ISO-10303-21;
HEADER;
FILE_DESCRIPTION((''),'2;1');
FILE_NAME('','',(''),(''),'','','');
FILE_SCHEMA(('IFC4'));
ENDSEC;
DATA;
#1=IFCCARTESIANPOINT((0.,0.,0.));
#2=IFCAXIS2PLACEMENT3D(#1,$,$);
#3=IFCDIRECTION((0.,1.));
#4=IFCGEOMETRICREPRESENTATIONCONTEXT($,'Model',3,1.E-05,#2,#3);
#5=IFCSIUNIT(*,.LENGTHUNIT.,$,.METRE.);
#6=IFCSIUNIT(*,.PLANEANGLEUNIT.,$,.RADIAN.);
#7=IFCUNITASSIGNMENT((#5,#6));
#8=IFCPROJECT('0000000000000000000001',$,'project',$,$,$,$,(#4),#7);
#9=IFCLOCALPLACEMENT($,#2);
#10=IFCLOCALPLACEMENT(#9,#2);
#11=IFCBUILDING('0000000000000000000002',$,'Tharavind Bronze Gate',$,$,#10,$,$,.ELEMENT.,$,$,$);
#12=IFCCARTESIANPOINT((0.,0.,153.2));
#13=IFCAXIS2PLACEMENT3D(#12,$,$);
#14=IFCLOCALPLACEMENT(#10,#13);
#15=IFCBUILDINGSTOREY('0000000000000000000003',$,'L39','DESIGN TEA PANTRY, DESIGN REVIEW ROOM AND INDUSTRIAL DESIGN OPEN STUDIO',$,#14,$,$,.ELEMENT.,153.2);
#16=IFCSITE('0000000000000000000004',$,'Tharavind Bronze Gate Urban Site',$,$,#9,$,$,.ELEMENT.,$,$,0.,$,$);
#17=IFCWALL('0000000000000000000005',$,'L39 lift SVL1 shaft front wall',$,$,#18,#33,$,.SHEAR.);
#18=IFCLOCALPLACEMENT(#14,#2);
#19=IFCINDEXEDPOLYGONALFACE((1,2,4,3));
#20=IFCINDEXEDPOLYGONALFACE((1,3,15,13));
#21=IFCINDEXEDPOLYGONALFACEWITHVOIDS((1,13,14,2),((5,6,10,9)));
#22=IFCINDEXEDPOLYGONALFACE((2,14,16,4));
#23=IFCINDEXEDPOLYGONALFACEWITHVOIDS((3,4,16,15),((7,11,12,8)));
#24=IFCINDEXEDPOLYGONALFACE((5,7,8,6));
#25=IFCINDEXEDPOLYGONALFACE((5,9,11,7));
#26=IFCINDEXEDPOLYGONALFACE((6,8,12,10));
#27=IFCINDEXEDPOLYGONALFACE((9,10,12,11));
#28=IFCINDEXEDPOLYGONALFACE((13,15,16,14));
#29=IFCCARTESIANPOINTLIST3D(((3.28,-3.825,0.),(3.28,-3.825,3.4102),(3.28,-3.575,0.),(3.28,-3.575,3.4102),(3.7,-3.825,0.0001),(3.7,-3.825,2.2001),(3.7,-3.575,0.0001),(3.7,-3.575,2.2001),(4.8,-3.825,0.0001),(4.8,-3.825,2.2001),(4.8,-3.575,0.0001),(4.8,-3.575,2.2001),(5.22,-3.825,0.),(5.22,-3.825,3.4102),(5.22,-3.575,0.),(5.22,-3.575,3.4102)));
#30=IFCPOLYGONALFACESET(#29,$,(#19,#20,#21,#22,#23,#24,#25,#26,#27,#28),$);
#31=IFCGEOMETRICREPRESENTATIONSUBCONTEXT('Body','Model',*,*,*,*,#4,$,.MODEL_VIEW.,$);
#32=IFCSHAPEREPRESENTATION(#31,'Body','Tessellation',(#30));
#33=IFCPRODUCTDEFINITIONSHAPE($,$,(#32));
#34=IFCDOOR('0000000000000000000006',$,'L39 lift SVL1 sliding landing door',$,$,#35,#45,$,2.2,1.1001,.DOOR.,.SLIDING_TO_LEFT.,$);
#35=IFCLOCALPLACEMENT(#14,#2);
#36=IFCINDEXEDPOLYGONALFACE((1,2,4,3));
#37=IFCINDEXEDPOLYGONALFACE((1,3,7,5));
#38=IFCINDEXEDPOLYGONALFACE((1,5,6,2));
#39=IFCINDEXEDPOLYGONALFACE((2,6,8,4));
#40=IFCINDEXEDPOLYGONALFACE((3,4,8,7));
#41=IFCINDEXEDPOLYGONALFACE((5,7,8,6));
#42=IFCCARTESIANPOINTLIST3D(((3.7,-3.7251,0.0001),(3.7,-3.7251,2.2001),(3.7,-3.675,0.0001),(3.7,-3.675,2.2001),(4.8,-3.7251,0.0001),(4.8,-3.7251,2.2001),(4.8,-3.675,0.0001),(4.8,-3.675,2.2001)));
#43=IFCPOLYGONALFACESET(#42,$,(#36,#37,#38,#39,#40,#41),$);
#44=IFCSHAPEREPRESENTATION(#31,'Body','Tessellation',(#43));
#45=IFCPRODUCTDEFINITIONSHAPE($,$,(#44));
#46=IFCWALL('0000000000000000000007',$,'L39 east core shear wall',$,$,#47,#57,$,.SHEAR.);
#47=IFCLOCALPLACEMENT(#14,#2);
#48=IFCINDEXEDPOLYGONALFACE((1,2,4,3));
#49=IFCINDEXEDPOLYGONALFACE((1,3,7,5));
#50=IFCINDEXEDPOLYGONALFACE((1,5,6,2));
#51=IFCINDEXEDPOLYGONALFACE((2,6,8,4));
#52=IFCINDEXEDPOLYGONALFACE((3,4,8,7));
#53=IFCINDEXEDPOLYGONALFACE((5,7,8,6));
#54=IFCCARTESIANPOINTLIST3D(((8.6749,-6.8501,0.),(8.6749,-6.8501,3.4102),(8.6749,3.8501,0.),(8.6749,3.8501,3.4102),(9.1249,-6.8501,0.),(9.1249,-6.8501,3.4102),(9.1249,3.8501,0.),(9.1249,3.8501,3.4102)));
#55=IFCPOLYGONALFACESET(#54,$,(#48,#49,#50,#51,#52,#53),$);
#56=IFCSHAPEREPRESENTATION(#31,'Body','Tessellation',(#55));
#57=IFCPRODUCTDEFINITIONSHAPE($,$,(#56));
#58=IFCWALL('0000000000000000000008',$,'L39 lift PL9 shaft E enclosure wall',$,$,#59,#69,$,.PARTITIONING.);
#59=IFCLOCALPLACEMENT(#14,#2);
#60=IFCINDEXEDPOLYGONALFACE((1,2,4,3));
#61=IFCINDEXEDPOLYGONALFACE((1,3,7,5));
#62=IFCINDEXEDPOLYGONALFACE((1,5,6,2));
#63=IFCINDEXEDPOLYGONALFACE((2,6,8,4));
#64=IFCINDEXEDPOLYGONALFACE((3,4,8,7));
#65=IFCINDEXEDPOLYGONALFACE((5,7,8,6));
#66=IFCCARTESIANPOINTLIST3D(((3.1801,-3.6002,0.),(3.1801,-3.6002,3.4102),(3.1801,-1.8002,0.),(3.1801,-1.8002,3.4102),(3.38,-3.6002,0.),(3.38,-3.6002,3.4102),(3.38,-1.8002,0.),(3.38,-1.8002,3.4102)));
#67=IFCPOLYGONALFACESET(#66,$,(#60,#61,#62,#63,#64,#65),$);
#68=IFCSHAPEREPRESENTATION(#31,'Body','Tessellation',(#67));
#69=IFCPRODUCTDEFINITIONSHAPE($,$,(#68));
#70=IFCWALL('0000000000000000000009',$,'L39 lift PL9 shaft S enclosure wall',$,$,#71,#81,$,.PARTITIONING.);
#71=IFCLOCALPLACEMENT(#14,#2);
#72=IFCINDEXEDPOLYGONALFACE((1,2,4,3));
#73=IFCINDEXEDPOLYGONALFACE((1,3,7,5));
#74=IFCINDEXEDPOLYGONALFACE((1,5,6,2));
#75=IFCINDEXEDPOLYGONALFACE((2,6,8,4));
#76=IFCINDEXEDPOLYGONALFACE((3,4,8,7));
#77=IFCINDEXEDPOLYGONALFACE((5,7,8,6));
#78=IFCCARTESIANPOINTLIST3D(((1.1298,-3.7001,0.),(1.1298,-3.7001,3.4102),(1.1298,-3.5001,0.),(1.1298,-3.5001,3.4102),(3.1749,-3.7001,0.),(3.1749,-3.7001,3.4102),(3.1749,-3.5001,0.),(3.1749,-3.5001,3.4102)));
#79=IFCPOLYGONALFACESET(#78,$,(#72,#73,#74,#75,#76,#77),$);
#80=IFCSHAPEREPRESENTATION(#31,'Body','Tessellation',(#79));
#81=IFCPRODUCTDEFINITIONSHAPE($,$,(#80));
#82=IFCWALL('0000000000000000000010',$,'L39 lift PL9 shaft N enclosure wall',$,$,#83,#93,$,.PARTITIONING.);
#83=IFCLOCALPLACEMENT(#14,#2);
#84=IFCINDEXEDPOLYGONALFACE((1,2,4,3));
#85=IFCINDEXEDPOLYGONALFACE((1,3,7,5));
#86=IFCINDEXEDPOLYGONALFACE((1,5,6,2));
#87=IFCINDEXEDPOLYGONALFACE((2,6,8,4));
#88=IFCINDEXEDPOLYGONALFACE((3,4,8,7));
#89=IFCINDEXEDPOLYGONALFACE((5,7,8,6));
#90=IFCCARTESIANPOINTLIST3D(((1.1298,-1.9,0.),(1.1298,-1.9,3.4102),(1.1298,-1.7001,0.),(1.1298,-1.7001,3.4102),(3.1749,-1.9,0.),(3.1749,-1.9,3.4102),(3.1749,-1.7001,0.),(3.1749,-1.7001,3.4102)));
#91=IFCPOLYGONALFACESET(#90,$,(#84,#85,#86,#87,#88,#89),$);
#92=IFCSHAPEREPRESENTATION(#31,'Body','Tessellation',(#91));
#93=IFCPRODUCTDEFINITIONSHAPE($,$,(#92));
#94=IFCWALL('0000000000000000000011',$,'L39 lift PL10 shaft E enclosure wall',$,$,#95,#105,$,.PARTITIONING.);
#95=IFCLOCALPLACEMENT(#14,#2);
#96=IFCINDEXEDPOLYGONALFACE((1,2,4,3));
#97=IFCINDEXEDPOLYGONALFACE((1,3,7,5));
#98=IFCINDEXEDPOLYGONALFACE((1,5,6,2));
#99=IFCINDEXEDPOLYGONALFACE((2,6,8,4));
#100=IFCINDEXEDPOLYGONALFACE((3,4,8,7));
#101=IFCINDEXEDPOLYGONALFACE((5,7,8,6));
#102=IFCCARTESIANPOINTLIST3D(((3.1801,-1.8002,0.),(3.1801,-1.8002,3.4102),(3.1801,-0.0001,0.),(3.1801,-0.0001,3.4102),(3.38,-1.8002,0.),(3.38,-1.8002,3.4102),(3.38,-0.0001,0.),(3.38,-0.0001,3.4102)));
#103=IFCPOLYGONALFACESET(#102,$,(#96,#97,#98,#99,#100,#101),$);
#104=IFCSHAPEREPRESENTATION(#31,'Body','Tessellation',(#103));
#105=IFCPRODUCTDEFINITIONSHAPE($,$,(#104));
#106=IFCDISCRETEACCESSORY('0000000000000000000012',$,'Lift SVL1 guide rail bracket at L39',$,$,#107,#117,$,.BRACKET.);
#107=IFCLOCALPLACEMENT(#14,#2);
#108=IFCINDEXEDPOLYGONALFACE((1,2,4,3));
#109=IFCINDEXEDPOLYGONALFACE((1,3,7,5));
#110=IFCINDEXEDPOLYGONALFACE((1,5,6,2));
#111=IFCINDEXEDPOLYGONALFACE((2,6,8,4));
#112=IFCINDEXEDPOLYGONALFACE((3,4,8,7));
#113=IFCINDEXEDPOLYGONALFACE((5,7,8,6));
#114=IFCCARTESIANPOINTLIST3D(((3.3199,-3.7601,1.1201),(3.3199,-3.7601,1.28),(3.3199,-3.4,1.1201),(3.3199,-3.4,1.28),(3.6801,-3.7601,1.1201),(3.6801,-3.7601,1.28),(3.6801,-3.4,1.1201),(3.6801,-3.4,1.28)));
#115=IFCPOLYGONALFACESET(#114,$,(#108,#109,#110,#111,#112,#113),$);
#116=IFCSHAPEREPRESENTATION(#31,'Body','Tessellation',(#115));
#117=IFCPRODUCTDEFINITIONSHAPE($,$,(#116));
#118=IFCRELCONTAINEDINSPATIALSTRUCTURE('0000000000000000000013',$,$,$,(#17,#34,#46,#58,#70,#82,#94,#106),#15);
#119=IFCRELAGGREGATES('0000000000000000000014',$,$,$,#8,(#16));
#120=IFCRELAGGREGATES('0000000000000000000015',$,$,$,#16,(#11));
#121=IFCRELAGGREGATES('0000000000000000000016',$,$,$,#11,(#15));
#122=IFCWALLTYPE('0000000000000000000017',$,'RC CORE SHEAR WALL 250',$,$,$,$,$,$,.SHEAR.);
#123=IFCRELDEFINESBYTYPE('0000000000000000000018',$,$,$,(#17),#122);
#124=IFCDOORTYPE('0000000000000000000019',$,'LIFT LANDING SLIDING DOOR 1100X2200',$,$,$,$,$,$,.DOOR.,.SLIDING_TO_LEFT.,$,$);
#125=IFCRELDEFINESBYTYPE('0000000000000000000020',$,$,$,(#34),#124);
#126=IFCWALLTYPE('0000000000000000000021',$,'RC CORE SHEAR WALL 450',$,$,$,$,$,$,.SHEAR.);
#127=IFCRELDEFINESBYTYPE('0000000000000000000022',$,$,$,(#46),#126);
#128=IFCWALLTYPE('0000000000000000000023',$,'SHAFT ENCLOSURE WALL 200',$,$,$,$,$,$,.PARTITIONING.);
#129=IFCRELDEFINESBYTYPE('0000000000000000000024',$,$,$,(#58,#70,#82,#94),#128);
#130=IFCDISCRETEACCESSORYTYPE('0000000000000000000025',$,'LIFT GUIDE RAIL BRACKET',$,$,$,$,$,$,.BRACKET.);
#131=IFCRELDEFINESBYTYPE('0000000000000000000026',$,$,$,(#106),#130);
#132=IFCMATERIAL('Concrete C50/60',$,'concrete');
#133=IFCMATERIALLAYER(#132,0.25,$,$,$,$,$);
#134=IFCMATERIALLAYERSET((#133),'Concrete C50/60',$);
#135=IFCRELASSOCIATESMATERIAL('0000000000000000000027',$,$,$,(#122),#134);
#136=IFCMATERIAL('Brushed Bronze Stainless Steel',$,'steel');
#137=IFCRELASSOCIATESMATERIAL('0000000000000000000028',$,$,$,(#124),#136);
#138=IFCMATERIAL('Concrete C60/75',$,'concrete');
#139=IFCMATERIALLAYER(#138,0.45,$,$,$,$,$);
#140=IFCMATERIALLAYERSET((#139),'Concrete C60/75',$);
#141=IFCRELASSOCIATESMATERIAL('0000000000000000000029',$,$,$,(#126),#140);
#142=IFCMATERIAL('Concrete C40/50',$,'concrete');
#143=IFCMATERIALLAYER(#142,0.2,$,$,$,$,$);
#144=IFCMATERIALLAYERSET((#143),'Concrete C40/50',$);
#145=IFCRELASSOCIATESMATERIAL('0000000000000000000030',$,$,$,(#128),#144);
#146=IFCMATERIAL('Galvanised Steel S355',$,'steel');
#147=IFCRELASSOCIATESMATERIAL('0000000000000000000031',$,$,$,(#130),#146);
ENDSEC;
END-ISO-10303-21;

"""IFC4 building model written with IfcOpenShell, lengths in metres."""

from ifc_helpers import new_model, si_unit, direction, frame, frame_2d, origin, origin_2d, place, context, subcontext, project, spatial, rectangle, extrude, material, layer, layer_set, type_object, element, fill, save


model = new_model("IFC4")

# Units and contexts
model_context = context("Model", 3, precision=1e-05, world=origin(), true_north=direction((0.0, 1.0)))
body_context = subcontext(model_context, "Body", "Model", "MODEL_VIEW")
ifc_project = project(units=[si_unit("LENGTHUNIT", "METRE"), si_unit("PLANEANGLEUNIT", "RADIAN")], contexts=[model_context])

# Site, building, storey
site_placement = place(None, origin())
site = spatial("IfcSite", under=ifc_project, at=site_placement, Name="Tharavind Bronze Gate Urban Site", CompositionType="ELEMENT", RefElevation=0.0)
building_placement = place(site_placement, origin())
building = spatial("IfcBuilding", under=site, at=building_placement, Name="Tharavind Bronze Gate", CompositionType="ELEMENT")
storey_placement = place(building_placement, frame((0.0, 0.0, 153.2)))
storey = spatial("IfcBuildingStorey", under=building, at=storey_placement, Name="L39", Description="DESIGN TEA PANTRY, DESIGN REVIEW ROOM AND INDUSTRIAL DESIGN OPEN STUDIO", CompositionType="ELEMENT", Elevation=153.2)

# Shared definitions
ifc_material_1 = material(Name="Concrete C60/75", Category="concrete")

# Shared definitions
ifc_material_2 = material(Name="Concrete C50/60", Category="concrete")
ifc_layer_1 = layer(ifc_material_2, 0.25)
ifc_layer_set_1 = layer_set([ifc_layer_1], Name="Concrete C50/60")
wall_type_1 = type_object("IfcWallType", Name="RC CORE SHEAR WALL 250", PredefinedType="SHEAR", material=ifc_layer_set_1)

# Wall, opening, door
wall_1_placement = place(storey_placement, frame((3.28, -3.7, 0.0), z_axis=(0.0, 0.0, 1.0), x_axis=(1.0, 0.0, 0.0)))
wall_1 = element("IfcWall", 1, at=wall_1_placement, inside=storey, type_object=wall_type_1, Name="L39 lift SVL1 shaft front wall", PredefinedType="SHEAR", context=body_context, shape_type="SweptSolid", body=[
    extrude(rectangle(XDim=1.9399, YDim=0.25, at=frame_2d((0.97, 0.0))), origin(), (0.0, 0.0, 1.0), 3.4102),
])
opening_placement = place(wall_1_placement, frame((0.4199, 0.0, 0.0)))
opening = element("IfcOpeningElement", 2, at=opening_placement, cuts=wall_1, PredefinedType="OPENING", context=body_context, shape_type="SweptSolid", body=[
    extrude(rectangle(XDim=1.1001, YDim=2.2, at=frame_2d((0.55, 1.1001))), frame((0.0, 0.135, 0.0), z_axis=(0.0, -1.0, 0.0), x_axis=(1.0, 0.0, 0.0)), (0.0, 0.0, 1.0), 0.27),
])
ifc_material_3 = material(Name="Brushed Bronze Stainless Steel", Category="steel")
door_type = type_object("IfcDoorType", Name="LIFT LANDING SLIDING DOOR 1100X2200", OperationType="SLIDING_TO_LEFT", PredefinedType="DOOR", material=ifc_material_3)
door_placement = place(opening_placement, origin())
door = element("IfcDoor", 3, at=door_placement, inside=storey, type_object=door_type, Name="L39 lift SVL1 sliding landing door", OperationType="SLIDING_TO_LEFT", OverallHeight=2.2, OverallWidth=1.1001, PredefinedType="DOOR", context=body_context, shape_type="SweptSolid", body=[
    extrude(rectangle(XDim=1.1001, YDim=2.2, at=frame_2d((0.55, 1.1001))), frame((0.0, 0.0249, 0.0), z_axis=(0.0, -1.0, 0.0), x_axis=(1.0, 0.0, 0.0)), (0.0, 0.0, 1.0), 0.05),
])
fill(opening, door)

# Walls
ifc_layer_2 = layer(ifc_material_1, 0.45)
ifc_layer_set_2 = layer_set([ifc_layer_2], Name="Concrete C60/75")
wall_type_2 = type_object("IfcWallType", Name="RC CORE SHEAR WALL 450", PredefinedType="SHEAR", material=ifc_layer_set_2)
wall_2_placement = place(storey_placement, frame((8.8999, -6.8501, 0.0), z_axis=(0.0, 0.0, 1.0), x_axis=(0.0, 1.0, 0.0)))
element("IfcWall", 4, at=wall_2_placement, inside=storey, type_object=wall_type_2, Name="L39 east core shear wall", PredefinedType="SHEAR", context=body_context, shape_type="SweptSolid", body=[
    extrude(rectangle(XDim=10.7002, YDim=0.45, at=frame_2d((5.3501, 0.0))), origin(), (0.0, 0.0, 1.0), 3.4102),
])
ifc_material_4 = material(Name="Concrete C40/50", Category="concrete")
ifc_layer_3 = layer(ifc_material_4, 0.2)
ifc_layer_set_3 = layer_set([ifc_layer_3], Name="Concrete C40/50")
wall_type_3 = type_object("IfcWallType", Name="SHAFT ENCLOSURE WALL 200", PredefinedType="PARTITIONING", material=ifc_layer_set_3)
wall_3_placement = place(storey_placement, frame((3.28, -3.6001, 0.0), z_axis=(0.0, 0.0, 1.0), x_axis=(0.0, 1.0, 0.0)))
element("IfcWall", 5, at=wall_3_placement, inside=storey, type_object=wall_type_3, Name="L39 lift PL9 shaft E enclosure wall", PredefinedType="PARTITIONING", context=body_context, shape_type="SweptSolid", body=[
    extrude(rectangle(XDim=1.8, YDim=0.2, at=frame_2d((0.8999, 0.0))), origin(), (0.0, 0.0, 1.0), 3.4102),
])
for number, where, z_axis, x_axis, name in (
    (6, (1.1299, -3.6001, 0.0), (0.0, 0.0, 1.0), (1.0, 0.0, 0.0), "L39 lift PL9 shaft S enclosure wall"),
    (7, (1.1299, -1.8, 0.0), (0.0, 0.0, 1.0), (1.0, 0.0, 0.0), "L39 lift PL9 shaft N enclosure wall"),
):
    element("IfcWall", number, at=place(storey_placement, frame(where, z_axis=z_axis, x_axis=x_axis)), inside=storey, type_object=wall_type_3, Name=name, PredefinedType="PARTITIONING", context=body_context, shape_type="SweptSolid", body=[
        extrude(rectangle(XDim=2.0452, YDim=0.2, at=frame_2d((1.0225, 0.0))), origin(), (0.0, 0.0, 1.0), 3.4102),
    ])
wall_4_placement = place(storey_placement, frame((3.28, -1.8, 0.0), z_axis=(0.0, 0.0, 1.0), x_axis=(0.0, 1.0, 0.0)))
element("IfcWall", 8, at=wall_4_placement, inside=storey, type_object=wall_type_3, Name="L39 lift PL10 shaft E enclosure wall", PredefinedType="PARTITIONING", context=body_context, shape_type="SweptSolid", body=[
    extrude(rectangle(XDim=1.8, YDim=0.2, at=frame_2d((0.8999, 0.0))), origin(), (0.0, 0.0, 1.0), 3.4102),
])

# Discrete accessory
ifc_material_5 = material(Name="Galvanised Steel S355", Category="steel")
discrete_accessory_type = type_object("IfcDiscreteAccessoryType", Name="LIFT GUIDE RAIL BRACKET", PredefinedType="BRACKET", material=ifc_material_5)
discrete_accessory_placement = place(storey_placement, frame((3.5, -3.5801, 1.1201), z_axis=(0.0, 0.0, 1.0), x_axis=(1.0, 0.0, 0.0)))
element("IfcDiscreteAccessory", 9, at=discrete_accessory_placement, inside=storey, type_object=discrete_accessory_type, Name="Lift SVL1 guide rail bracket at L39", PredefinedType="BRACKET", context=body_context, shape_type="SweptSolid", body=[
    extrude(rectangle(XDim=0.3601, YDim=0.3601, at=origin_2d()), origin(), (0.0, 0.0, 1.0), 0.1599),
])

save(model, "model.ifc")
